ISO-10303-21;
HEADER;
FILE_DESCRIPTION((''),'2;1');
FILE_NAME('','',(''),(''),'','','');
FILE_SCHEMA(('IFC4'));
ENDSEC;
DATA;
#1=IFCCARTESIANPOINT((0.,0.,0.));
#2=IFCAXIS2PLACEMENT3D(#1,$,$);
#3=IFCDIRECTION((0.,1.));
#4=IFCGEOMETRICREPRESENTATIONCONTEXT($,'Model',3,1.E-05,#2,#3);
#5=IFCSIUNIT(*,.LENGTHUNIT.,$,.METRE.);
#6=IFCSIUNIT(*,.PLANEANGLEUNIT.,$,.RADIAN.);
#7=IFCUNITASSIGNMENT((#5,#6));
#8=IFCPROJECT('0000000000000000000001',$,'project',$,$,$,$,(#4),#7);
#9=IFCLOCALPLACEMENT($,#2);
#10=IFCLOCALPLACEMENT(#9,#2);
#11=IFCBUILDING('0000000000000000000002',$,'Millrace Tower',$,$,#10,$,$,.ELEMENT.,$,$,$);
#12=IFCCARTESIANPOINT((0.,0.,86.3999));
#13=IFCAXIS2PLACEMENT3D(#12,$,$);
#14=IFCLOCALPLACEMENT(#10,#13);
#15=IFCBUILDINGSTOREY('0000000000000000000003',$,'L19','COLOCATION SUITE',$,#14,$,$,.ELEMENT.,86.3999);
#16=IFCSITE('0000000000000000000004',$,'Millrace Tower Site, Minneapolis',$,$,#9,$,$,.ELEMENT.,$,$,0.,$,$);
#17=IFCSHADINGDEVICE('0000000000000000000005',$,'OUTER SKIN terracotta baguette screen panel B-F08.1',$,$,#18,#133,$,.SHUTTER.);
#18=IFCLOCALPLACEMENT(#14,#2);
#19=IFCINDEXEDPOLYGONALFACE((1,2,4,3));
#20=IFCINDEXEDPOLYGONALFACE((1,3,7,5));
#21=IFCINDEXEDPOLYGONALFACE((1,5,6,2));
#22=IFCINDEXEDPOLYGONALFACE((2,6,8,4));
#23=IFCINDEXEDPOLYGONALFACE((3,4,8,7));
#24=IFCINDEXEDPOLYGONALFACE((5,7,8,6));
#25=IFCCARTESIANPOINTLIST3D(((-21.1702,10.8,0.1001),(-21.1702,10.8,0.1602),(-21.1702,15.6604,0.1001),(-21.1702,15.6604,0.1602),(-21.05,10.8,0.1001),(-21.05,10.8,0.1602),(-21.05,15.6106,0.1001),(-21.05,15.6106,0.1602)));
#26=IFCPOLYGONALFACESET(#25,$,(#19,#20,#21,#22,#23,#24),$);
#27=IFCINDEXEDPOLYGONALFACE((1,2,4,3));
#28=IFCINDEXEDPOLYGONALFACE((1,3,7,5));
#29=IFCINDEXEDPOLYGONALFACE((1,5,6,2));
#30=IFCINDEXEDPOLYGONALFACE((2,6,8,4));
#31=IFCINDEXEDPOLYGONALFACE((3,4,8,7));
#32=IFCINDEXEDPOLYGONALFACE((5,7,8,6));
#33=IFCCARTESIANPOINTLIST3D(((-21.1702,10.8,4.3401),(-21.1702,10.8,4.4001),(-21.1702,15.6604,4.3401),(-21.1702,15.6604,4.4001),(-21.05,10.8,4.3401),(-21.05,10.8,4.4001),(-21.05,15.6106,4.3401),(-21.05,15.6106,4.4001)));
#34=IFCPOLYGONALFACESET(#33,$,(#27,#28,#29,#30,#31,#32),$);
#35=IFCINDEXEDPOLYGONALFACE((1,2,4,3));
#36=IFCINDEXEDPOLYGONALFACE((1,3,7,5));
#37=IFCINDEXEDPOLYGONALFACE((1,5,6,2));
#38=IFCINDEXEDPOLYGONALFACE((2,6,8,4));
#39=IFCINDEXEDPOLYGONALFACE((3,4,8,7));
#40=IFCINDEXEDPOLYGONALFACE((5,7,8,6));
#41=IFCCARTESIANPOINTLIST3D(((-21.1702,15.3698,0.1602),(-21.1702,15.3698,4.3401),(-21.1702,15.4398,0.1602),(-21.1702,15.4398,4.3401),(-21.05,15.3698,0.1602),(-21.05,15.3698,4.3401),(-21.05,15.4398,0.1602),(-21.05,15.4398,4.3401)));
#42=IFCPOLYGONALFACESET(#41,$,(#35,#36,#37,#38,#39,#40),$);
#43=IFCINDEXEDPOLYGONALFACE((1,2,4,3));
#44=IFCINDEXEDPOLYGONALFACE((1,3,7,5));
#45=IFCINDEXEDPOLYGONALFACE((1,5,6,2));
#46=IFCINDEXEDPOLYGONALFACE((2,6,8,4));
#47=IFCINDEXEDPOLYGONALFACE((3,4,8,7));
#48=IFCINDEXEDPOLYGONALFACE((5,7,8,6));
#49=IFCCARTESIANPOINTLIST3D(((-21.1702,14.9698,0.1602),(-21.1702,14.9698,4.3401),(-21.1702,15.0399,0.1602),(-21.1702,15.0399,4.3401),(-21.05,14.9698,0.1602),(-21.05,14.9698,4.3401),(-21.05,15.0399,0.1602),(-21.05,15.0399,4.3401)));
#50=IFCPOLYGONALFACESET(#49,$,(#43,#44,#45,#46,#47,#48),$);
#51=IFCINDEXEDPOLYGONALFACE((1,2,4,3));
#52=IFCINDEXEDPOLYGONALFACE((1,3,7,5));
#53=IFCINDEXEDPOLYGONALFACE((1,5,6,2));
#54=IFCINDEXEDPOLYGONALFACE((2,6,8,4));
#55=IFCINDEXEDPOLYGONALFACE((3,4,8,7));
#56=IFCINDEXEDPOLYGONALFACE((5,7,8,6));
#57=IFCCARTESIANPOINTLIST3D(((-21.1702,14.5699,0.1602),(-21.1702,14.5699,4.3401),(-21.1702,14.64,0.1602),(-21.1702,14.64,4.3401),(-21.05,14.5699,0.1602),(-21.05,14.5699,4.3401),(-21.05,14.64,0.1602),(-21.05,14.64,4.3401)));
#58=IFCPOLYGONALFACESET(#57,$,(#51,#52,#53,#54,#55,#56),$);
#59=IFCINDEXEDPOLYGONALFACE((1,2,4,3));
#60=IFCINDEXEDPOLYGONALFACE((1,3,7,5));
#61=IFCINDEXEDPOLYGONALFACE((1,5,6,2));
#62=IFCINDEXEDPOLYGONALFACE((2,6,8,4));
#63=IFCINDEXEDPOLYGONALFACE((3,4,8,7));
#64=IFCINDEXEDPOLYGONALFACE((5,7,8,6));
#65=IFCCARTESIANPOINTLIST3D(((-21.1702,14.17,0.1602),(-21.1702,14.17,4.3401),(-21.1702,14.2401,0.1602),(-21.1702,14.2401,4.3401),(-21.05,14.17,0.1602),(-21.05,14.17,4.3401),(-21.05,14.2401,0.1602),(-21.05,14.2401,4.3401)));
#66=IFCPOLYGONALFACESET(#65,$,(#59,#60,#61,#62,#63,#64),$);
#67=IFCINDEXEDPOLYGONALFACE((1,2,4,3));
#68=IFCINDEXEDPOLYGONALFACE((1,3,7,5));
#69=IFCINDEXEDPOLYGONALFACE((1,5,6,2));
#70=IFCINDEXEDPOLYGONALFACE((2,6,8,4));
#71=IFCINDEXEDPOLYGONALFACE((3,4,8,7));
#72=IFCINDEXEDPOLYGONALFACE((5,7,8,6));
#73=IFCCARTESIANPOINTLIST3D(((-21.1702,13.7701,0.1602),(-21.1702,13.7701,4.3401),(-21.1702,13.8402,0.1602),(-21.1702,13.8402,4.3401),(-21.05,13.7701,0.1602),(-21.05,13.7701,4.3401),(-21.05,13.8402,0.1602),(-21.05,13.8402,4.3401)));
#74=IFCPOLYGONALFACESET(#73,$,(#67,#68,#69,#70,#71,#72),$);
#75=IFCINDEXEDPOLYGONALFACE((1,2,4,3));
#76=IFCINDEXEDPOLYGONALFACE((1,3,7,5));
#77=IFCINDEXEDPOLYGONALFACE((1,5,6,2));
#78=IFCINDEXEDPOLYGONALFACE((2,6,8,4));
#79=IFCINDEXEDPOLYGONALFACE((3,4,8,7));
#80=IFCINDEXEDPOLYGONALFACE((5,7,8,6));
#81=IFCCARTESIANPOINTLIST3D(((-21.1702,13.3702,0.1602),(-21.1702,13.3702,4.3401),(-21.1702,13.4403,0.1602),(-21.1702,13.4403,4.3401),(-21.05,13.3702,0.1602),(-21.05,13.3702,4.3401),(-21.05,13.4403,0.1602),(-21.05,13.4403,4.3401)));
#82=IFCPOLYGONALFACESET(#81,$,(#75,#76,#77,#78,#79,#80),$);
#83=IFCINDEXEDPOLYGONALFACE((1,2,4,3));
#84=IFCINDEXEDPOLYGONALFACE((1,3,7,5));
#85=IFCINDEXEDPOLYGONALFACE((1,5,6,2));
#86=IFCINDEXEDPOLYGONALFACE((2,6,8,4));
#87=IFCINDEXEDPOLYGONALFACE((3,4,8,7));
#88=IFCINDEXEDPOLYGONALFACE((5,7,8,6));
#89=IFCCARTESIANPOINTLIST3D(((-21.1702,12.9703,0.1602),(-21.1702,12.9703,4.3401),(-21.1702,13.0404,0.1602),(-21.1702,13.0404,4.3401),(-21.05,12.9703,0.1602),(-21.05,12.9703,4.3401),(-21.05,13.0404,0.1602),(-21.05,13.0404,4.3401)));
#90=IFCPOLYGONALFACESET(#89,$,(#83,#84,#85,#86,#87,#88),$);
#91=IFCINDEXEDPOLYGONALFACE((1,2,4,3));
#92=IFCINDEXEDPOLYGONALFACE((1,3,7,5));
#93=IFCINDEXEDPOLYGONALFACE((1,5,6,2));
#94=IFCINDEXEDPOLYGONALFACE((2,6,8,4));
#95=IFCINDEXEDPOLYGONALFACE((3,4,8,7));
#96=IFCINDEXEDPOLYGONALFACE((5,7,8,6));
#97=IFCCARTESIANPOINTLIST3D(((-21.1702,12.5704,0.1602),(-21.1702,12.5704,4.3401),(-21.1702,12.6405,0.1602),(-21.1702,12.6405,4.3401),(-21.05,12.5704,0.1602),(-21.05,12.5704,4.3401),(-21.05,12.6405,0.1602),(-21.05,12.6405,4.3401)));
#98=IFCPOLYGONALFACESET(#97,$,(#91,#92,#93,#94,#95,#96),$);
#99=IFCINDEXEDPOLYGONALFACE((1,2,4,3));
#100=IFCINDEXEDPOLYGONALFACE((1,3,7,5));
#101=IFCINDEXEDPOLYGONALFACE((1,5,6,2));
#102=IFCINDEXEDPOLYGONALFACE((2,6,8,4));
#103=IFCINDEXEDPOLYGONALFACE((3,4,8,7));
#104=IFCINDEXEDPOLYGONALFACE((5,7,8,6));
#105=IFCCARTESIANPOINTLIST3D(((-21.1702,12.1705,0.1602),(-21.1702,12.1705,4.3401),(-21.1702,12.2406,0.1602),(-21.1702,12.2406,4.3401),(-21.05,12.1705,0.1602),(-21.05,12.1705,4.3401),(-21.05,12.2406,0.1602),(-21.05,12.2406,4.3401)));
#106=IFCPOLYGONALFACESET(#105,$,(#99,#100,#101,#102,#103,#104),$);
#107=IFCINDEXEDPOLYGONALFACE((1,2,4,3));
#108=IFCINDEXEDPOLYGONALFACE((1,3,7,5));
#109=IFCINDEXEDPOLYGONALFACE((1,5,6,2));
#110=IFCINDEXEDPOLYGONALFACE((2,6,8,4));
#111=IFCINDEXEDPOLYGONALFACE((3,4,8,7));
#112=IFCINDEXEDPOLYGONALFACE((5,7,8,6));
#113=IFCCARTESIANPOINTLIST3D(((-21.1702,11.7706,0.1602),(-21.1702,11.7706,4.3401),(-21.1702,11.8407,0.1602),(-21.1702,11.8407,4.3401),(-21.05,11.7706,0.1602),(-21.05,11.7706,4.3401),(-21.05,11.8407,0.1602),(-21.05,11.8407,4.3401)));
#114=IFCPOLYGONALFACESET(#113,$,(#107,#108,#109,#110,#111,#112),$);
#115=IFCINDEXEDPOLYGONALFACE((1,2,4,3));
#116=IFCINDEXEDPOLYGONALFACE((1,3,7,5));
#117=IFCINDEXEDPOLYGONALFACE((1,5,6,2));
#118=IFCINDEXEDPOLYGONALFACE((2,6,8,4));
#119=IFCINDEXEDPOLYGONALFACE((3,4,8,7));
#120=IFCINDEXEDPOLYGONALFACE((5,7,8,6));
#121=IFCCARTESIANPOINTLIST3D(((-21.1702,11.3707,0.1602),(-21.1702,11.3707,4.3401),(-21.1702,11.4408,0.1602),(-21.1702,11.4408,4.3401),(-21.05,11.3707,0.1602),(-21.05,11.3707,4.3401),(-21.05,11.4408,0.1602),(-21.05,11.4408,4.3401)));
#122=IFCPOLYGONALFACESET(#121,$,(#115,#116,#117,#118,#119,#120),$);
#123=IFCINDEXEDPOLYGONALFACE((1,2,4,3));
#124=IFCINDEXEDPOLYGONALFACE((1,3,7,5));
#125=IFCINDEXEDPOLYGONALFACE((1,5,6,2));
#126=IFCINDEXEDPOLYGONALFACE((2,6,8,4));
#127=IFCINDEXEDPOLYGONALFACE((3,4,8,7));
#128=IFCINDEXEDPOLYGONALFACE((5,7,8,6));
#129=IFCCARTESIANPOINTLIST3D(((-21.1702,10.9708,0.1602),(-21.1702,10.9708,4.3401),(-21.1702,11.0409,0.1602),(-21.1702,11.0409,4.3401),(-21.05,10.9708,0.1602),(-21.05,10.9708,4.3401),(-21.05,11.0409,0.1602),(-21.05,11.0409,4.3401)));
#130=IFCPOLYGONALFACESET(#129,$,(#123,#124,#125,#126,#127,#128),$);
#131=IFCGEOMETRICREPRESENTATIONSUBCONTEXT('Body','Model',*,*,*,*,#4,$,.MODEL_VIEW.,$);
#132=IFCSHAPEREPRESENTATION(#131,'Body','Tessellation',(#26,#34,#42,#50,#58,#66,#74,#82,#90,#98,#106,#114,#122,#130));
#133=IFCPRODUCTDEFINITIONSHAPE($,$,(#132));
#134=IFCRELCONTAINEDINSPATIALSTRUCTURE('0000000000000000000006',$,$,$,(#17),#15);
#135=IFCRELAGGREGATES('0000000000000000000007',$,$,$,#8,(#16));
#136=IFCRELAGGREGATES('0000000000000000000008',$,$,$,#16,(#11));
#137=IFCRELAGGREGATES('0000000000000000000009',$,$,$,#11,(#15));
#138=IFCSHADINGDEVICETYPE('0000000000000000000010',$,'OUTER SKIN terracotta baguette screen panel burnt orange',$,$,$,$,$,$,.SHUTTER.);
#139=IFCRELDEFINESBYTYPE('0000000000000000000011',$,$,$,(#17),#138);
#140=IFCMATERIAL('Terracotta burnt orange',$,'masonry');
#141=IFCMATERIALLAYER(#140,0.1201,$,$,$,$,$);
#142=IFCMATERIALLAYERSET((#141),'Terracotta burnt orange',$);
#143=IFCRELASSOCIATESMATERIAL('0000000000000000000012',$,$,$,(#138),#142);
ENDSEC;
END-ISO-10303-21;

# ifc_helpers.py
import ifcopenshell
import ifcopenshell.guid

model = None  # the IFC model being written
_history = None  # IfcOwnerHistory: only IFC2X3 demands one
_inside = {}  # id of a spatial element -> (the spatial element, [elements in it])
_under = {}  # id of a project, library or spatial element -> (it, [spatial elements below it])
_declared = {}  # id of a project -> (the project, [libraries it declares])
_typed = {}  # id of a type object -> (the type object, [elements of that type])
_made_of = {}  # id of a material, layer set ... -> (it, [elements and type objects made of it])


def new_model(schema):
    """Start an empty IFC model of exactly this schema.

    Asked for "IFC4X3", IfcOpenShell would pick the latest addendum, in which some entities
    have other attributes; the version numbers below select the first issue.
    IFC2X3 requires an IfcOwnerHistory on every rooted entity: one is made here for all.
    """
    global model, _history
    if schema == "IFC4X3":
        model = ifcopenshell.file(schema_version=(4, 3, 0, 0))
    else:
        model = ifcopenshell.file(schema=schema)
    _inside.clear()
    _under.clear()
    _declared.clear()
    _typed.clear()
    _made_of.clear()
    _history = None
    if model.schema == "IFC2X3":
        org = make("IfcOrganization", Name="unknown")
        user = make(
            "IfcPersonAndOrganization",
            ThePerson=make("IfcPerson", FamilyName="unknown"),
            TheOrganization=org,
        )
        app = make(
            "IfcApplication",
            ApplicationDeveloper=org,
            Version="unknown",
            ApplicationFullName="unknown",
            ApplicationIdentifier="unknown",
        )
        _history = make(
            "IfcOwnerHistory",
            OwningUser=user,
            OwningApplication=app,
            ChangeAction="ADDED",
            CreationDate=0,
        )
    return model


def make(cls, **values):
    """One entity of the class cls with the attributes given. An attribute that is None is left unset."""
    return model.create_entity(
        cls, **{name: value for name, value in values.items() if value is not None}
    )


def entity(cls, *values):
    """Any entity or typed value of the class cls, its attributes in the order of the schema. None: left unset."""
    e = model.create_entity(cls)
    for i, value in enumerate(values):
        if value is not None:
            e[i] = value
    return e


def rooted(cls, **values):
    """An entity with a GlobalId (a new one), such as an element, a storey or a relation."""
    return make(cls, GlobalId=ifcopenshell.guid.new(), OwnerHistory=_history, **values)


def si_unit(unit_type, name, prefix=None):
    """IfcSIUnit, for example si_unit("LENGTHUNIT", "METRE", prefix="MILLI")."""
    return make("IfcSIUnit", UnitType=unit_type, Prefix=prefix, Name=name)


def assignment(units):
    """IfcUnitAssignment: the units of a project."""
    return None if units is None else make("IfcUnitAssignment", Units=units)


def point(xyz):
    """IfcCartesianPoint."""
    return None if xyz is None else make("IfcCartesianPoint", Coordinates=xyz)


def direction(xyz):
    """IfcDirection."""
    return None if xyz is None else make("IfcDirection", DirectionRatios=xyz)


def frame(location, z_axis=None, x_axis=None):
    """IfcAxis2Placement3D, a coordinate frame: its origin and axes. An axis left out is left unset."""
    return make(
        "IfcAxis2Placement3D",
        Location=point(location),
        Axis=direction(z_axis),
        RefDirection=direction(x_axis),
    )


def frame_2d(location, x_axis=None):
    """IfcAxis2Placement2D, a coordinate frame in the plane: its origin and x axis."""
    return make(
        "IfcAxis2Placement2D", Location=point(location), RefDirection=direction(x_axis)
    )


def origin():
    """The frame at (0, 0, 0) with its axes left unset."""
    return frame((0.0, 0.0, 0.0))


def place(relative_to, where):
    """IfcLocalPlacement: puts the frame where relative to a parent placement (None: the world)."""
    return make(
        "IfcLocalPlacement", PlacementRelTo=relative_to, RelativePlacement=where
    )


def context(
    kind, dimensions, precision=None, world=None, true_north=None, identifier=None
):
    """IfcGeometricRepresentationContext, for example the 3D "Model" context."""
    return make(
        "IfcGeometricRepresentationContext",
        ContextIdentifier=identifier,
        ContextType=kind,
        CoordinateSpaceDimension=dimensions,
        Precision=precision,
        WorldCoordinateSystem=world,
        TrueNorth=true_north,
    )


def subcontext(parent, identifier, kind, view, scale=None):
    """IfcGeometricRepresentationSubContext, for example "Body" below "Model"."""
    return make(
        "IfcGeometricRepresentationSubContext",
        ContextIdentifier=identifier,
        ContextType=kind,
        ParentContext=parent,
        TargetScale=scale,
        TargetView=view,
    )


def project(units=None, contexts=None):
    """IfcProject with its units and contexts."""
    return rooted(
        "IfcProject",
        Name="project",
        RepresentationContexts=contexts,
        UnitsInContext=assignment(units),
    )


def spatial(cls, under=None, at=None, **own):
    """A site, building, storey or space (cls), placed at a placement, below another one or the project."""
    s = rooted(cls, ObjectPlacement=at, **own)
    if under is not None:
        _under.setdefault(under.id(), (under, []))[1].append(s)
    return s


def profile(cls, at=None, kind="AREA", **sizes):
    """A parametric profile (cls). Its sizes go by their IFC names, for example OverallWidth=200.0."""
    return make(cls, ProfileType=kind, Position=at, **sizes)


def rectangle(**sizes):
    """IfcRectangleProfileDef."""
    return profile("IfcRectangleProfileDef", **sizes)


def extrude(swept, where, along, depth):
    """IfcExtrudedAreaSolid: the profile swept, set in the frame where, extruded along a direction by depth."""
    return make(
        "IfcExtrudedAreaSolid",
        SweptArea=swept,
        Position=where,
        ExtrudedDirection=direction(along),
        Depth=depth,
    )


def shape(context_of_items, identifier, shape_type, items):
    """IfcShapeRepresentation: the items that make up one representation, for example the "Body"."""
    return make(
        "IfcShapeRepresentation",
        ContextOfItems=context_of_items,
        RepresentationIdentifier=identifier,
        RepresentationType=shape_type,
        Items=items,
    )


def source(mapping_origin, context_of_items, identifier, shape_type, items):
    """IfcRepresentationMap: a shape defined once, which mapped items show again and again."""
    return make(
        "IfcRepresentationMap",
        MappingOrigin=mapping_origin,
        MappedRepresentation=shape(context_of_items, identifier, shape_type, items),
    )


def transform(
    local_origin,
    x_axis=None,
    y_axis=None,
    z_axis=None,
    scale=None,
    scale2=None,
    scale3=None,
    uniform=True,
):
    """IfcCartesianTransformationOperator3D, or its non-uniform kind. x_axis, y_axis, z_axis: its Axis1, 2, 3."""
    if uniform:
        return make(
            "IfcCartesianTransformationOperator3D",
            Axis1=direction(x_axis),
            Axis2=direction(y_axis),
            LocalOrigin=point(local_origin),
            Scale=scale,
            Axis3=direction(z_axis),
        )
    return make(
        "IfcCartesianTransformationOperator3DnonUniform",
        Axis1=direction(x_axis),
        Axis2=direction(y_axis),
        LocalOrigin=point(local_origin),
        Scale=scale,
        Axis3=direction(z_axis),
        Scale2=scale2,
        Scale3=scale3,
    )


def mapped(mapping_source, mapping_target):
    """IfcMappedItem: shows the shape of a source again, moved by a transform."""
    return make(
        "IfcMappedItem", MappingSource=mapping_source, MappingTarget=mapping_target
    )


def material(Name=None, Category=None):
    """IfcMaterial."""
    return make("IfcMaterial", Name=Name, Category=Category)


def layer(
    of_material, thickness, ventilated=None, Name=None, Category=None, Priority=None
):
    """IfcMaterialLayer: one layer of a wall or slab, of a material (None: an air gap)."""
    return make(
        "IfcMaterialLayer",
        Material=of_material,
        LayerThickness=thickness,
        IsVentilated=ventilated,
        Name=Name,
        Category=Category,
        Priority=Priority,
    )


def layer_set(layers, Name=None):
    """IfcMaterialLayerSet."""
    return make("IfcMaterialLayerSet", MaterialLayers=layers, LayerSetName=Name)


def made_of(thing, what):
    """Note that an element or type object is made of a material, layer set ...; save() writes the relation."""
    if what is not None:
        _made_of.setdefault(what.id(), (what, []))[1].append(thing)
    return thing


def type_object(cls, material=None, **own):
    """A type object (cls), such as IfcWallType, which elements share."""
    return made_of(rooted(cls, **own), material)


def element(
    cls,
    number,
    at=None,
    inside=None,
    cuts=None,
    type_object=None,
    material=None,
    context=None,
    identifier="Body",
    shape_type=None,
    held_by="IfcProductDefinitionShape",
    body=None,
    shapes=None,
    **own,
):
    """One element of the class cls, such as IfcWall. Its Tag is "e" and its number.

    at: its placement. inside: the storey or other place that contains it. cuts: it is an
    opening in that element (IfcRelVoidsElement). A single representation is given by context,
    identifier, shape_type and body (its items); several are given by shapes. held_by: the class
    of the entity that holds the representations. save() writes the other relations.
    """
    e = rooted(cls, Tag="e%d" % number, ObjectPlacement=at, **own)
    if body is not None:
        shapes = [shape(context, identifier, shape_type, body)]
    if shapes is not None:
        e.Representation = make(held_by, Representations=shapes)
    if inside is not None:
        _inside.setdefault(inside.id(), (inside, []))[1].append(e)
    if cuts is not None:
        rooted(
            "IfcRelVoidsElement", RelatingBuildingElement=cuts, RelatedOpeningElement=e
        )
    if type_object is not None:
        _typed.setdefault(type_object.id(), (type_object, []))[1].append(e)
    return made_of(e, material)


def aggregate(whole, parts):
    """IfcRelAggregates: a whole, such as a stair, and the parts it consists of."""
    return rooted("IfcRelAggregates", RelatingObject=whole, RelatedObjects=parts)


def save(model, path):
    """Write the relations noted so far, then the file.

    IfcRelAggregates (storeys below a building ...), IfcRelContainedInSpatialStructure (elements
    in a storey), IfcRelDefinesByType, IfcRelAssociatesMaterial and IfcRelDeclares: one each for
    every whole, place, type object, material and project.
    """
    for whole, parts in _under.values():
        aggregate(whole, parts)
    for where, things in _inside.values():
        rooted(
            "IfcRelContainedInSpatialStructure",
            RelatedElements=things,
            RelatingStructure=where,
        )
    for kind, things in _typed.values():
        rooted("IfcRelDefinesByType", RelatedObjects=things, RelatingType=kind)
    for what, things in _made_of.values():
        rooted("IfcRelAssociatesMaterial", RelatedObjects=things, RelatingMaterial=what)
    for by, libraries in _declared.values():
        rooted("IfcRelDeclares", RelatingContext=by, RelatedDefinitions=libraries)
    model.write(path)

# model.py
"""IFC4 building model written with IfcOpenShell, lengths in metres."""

from ifc_helpers import new_model, entity, si_unit, direction, frame, frame_2d, origin, place, context, subcontext, project, spatial, rectangle, extrude, source, transform, mapped, material, layer, layer_set, type_object, element, save


model = new_model("IFC4")

# Units and contexts
model_context = context("Model", 3, precision=1e-05, world=origin(), true_north=direction((0.0, 1.0)))
body_context = subcontext(model_context, "Body", "Model", "MODEL_VIEW")
ifc_project = project(units=[si_unit("LENGTHUNIT", "METRE"), si_unit("PLANEANGLEUNIT", "RADIAN")], contexts=[model_context])

# Site, building, storey
site_placement = place(None, origin())
site = spatial("IfcSite", under=ifc_project, at=site_placement, Name="Millrace Tower Site, Minneapolis", CompositionType="ELEMENT", RefElevation=0.0)
building_placement = place(site_placement, origin())
building = spatial("IfcBuilding", under=site, at=building_placement, Name="Millrace Tower", CompositionType="ELEMENT")
storey_placement = place(building_placement, frame((0.0, 0.0, 86.3999)))
storey = spatial("IfcBuildingStorey", under=building, at=storey_placement, Name="L19", Description="COLOCATION SUITE", CompositionType="ELEMENT", Elevation=86.3999)

# Shading device
ifc_material_1 = material(Name="Terracotta burnt orange", Category="masonry")
ifc_layer_1 = layer(ifc_material_1, 0.1201)
ifc_layer_set_1 = layer_set([ifc_layer_1], Name="Terracotta burnt orange")
shading_device_type = type_object("IfcShadingDeviceType", Name="OUTER SKIN terracotta baguette screen panel burnt orange", PredefinedType="SHUTTER", material=ifc_layer_set_1)
cartesian_point_1 = entity("IfcCartesianPoint", [-2.3928, 0.0601])
shared_polyline_1 = entity("IfcPolyline", [cartesian_point_1, entity("IfcCartesianPoint", [2.4177, 0.0601]), entity("IfcCartesianPoint", [2.4177, -0.0601]), entity("IfcCartesianPoint", [-2.4426, -0.0601]), cartesian_point_1])
shared_shape_1 = source(origin(), body_context, "Body", "SweptSolid", [
    entity("IfcExtrudedAreaSolid", entity("IfcArbitraryClosedProfileDef", "AREA", None, shared_polyline_1), entity("IfcAxis2Placement3D", entity("IfcCartesianPoint", [0.0, 0.0, 0.0])), entity("IfcDirection", [0.0, 0.0, 1.0]), 0.0601),
    entity("IfcExtrudedAreaSolid", entity("IfcArbitraryClosedProfileDef", "AREA", None, shared_polyline_1), entity("IfcAxis2Placement3D", entity("IfcCartesianPoint", [0.0, 0.0, 4.24])), entity("IfcDirection", [0.0, 0.0, 1.0]), 0.0601),
    extrude(rectangle(XDim=0.0701, YDim=0.1201, at=frame_2d((-2.187, 0.0))), frame((0.0, 0.0, 0.0601)), (0.0, 0.0, 1.0), 4.1799),
    extrude(rectangle(XDim=0.0701, YDim=0.1201, at=frame_2d((-1.7871, 0.0))), frame((0.0, 0.0, 0.0601)), (0.0, 0.0, 1.0), 4.1799),
    extrude(rectangle(XDim=0.0701, YDim=0.1201, at=frame_2d((-1.3872, 0.0))), frame((0.0, 0.0, 0.0601)), (0.0, 0.0, 1.0), 4.1799),
    extrude(rectangle(XDim=0.0701, YDim=0.1201, at=frame_2d((-0.9873, 0.0))), frame((0.0, 0.0, 0.0601)), (0.0, 0.0, 1.0), 4.1799),
    extrude(rectangle(XDim=0.0701, YDim=0.1201, at=frame_2d((-0.5874, 0.0))), frame((0.0, 0.0, 0.0601)), (0.0, 0.0, 1.0), 4.1799),
    extrude(rectangle(XDim=0.0701, YDim=0.1201, at=frame_2d((-0.1875, 0.0))), frame((0.0, 0.0, 0.0601)), (0.0, 0.0, 1.0), 4.1799),
    extrude(rectangle(XDim=0.0701, YDim=0.1201, at=frame_2d((0.2124, 0.0))), frame((0.0, 0.0, 0.0601)), (0.0, 0.0, 1.0), 4.1799),
    extrude(rectangle(XDim=0.0701, YDim=0.1201, at=frame_2d((0.6123, 0.0))), frame((0.0, 0.0, 0.0601)), (0.0, 0.0, 1.0), 4.1799),
    extrude(rectangle(XDim=0.0701, YDim=0.1201, at=frame_2d((1.0122, 0.0))), frame((0.0, 0.0, 0.0601)), (0.0, 0.0, 1.0), 4.1799),
    extrude(rectangle(XDim=0.0701, YDim=0.1201, at=frame_2d((1.4121, 0.0))), frame((0.0, 0.0, 0.0601)), (0.0, 0.0, 1.0), 4.1799),
    extrude(rectangle(XDim=0.0701, YDim=0.1201, at=frame_2d((1.812, 0.0))), frame((0.0, 0.0, 0.0601)), (0.0, 0.0, 1.0), 4.1799),
    extrude(rectangle(XDim=0.0701, YDim=0.1201, at=frame_2d((2.2119, 0.0))), frame((0.0, 0.0, 0.0601)), (0.0, 0.0, 1.0), 4.1799),
])
shading_device_1_placement = place(storey_placement, frame((-21.1101, 13.2178, 0.1001), z_axis=(0.0, 0.0, 1.0), x_axis=(0.0, -1.0, 0.0)))
element("IfcShadingDevice", 1, at=shading_device_1_placement, inside=storey, type_object=shading_device_type, Name="OUTER SKIN terracotta baguette screen panel B-F08.1", PredefinedType="SHUTTER", context=body_context, shape_type="MappedRepresentation", body=[
    mapped(shared_shape_1, transform((0.0, 0.0, 0.0), scale=1.0)),
])

save(model, "model.ifc")
